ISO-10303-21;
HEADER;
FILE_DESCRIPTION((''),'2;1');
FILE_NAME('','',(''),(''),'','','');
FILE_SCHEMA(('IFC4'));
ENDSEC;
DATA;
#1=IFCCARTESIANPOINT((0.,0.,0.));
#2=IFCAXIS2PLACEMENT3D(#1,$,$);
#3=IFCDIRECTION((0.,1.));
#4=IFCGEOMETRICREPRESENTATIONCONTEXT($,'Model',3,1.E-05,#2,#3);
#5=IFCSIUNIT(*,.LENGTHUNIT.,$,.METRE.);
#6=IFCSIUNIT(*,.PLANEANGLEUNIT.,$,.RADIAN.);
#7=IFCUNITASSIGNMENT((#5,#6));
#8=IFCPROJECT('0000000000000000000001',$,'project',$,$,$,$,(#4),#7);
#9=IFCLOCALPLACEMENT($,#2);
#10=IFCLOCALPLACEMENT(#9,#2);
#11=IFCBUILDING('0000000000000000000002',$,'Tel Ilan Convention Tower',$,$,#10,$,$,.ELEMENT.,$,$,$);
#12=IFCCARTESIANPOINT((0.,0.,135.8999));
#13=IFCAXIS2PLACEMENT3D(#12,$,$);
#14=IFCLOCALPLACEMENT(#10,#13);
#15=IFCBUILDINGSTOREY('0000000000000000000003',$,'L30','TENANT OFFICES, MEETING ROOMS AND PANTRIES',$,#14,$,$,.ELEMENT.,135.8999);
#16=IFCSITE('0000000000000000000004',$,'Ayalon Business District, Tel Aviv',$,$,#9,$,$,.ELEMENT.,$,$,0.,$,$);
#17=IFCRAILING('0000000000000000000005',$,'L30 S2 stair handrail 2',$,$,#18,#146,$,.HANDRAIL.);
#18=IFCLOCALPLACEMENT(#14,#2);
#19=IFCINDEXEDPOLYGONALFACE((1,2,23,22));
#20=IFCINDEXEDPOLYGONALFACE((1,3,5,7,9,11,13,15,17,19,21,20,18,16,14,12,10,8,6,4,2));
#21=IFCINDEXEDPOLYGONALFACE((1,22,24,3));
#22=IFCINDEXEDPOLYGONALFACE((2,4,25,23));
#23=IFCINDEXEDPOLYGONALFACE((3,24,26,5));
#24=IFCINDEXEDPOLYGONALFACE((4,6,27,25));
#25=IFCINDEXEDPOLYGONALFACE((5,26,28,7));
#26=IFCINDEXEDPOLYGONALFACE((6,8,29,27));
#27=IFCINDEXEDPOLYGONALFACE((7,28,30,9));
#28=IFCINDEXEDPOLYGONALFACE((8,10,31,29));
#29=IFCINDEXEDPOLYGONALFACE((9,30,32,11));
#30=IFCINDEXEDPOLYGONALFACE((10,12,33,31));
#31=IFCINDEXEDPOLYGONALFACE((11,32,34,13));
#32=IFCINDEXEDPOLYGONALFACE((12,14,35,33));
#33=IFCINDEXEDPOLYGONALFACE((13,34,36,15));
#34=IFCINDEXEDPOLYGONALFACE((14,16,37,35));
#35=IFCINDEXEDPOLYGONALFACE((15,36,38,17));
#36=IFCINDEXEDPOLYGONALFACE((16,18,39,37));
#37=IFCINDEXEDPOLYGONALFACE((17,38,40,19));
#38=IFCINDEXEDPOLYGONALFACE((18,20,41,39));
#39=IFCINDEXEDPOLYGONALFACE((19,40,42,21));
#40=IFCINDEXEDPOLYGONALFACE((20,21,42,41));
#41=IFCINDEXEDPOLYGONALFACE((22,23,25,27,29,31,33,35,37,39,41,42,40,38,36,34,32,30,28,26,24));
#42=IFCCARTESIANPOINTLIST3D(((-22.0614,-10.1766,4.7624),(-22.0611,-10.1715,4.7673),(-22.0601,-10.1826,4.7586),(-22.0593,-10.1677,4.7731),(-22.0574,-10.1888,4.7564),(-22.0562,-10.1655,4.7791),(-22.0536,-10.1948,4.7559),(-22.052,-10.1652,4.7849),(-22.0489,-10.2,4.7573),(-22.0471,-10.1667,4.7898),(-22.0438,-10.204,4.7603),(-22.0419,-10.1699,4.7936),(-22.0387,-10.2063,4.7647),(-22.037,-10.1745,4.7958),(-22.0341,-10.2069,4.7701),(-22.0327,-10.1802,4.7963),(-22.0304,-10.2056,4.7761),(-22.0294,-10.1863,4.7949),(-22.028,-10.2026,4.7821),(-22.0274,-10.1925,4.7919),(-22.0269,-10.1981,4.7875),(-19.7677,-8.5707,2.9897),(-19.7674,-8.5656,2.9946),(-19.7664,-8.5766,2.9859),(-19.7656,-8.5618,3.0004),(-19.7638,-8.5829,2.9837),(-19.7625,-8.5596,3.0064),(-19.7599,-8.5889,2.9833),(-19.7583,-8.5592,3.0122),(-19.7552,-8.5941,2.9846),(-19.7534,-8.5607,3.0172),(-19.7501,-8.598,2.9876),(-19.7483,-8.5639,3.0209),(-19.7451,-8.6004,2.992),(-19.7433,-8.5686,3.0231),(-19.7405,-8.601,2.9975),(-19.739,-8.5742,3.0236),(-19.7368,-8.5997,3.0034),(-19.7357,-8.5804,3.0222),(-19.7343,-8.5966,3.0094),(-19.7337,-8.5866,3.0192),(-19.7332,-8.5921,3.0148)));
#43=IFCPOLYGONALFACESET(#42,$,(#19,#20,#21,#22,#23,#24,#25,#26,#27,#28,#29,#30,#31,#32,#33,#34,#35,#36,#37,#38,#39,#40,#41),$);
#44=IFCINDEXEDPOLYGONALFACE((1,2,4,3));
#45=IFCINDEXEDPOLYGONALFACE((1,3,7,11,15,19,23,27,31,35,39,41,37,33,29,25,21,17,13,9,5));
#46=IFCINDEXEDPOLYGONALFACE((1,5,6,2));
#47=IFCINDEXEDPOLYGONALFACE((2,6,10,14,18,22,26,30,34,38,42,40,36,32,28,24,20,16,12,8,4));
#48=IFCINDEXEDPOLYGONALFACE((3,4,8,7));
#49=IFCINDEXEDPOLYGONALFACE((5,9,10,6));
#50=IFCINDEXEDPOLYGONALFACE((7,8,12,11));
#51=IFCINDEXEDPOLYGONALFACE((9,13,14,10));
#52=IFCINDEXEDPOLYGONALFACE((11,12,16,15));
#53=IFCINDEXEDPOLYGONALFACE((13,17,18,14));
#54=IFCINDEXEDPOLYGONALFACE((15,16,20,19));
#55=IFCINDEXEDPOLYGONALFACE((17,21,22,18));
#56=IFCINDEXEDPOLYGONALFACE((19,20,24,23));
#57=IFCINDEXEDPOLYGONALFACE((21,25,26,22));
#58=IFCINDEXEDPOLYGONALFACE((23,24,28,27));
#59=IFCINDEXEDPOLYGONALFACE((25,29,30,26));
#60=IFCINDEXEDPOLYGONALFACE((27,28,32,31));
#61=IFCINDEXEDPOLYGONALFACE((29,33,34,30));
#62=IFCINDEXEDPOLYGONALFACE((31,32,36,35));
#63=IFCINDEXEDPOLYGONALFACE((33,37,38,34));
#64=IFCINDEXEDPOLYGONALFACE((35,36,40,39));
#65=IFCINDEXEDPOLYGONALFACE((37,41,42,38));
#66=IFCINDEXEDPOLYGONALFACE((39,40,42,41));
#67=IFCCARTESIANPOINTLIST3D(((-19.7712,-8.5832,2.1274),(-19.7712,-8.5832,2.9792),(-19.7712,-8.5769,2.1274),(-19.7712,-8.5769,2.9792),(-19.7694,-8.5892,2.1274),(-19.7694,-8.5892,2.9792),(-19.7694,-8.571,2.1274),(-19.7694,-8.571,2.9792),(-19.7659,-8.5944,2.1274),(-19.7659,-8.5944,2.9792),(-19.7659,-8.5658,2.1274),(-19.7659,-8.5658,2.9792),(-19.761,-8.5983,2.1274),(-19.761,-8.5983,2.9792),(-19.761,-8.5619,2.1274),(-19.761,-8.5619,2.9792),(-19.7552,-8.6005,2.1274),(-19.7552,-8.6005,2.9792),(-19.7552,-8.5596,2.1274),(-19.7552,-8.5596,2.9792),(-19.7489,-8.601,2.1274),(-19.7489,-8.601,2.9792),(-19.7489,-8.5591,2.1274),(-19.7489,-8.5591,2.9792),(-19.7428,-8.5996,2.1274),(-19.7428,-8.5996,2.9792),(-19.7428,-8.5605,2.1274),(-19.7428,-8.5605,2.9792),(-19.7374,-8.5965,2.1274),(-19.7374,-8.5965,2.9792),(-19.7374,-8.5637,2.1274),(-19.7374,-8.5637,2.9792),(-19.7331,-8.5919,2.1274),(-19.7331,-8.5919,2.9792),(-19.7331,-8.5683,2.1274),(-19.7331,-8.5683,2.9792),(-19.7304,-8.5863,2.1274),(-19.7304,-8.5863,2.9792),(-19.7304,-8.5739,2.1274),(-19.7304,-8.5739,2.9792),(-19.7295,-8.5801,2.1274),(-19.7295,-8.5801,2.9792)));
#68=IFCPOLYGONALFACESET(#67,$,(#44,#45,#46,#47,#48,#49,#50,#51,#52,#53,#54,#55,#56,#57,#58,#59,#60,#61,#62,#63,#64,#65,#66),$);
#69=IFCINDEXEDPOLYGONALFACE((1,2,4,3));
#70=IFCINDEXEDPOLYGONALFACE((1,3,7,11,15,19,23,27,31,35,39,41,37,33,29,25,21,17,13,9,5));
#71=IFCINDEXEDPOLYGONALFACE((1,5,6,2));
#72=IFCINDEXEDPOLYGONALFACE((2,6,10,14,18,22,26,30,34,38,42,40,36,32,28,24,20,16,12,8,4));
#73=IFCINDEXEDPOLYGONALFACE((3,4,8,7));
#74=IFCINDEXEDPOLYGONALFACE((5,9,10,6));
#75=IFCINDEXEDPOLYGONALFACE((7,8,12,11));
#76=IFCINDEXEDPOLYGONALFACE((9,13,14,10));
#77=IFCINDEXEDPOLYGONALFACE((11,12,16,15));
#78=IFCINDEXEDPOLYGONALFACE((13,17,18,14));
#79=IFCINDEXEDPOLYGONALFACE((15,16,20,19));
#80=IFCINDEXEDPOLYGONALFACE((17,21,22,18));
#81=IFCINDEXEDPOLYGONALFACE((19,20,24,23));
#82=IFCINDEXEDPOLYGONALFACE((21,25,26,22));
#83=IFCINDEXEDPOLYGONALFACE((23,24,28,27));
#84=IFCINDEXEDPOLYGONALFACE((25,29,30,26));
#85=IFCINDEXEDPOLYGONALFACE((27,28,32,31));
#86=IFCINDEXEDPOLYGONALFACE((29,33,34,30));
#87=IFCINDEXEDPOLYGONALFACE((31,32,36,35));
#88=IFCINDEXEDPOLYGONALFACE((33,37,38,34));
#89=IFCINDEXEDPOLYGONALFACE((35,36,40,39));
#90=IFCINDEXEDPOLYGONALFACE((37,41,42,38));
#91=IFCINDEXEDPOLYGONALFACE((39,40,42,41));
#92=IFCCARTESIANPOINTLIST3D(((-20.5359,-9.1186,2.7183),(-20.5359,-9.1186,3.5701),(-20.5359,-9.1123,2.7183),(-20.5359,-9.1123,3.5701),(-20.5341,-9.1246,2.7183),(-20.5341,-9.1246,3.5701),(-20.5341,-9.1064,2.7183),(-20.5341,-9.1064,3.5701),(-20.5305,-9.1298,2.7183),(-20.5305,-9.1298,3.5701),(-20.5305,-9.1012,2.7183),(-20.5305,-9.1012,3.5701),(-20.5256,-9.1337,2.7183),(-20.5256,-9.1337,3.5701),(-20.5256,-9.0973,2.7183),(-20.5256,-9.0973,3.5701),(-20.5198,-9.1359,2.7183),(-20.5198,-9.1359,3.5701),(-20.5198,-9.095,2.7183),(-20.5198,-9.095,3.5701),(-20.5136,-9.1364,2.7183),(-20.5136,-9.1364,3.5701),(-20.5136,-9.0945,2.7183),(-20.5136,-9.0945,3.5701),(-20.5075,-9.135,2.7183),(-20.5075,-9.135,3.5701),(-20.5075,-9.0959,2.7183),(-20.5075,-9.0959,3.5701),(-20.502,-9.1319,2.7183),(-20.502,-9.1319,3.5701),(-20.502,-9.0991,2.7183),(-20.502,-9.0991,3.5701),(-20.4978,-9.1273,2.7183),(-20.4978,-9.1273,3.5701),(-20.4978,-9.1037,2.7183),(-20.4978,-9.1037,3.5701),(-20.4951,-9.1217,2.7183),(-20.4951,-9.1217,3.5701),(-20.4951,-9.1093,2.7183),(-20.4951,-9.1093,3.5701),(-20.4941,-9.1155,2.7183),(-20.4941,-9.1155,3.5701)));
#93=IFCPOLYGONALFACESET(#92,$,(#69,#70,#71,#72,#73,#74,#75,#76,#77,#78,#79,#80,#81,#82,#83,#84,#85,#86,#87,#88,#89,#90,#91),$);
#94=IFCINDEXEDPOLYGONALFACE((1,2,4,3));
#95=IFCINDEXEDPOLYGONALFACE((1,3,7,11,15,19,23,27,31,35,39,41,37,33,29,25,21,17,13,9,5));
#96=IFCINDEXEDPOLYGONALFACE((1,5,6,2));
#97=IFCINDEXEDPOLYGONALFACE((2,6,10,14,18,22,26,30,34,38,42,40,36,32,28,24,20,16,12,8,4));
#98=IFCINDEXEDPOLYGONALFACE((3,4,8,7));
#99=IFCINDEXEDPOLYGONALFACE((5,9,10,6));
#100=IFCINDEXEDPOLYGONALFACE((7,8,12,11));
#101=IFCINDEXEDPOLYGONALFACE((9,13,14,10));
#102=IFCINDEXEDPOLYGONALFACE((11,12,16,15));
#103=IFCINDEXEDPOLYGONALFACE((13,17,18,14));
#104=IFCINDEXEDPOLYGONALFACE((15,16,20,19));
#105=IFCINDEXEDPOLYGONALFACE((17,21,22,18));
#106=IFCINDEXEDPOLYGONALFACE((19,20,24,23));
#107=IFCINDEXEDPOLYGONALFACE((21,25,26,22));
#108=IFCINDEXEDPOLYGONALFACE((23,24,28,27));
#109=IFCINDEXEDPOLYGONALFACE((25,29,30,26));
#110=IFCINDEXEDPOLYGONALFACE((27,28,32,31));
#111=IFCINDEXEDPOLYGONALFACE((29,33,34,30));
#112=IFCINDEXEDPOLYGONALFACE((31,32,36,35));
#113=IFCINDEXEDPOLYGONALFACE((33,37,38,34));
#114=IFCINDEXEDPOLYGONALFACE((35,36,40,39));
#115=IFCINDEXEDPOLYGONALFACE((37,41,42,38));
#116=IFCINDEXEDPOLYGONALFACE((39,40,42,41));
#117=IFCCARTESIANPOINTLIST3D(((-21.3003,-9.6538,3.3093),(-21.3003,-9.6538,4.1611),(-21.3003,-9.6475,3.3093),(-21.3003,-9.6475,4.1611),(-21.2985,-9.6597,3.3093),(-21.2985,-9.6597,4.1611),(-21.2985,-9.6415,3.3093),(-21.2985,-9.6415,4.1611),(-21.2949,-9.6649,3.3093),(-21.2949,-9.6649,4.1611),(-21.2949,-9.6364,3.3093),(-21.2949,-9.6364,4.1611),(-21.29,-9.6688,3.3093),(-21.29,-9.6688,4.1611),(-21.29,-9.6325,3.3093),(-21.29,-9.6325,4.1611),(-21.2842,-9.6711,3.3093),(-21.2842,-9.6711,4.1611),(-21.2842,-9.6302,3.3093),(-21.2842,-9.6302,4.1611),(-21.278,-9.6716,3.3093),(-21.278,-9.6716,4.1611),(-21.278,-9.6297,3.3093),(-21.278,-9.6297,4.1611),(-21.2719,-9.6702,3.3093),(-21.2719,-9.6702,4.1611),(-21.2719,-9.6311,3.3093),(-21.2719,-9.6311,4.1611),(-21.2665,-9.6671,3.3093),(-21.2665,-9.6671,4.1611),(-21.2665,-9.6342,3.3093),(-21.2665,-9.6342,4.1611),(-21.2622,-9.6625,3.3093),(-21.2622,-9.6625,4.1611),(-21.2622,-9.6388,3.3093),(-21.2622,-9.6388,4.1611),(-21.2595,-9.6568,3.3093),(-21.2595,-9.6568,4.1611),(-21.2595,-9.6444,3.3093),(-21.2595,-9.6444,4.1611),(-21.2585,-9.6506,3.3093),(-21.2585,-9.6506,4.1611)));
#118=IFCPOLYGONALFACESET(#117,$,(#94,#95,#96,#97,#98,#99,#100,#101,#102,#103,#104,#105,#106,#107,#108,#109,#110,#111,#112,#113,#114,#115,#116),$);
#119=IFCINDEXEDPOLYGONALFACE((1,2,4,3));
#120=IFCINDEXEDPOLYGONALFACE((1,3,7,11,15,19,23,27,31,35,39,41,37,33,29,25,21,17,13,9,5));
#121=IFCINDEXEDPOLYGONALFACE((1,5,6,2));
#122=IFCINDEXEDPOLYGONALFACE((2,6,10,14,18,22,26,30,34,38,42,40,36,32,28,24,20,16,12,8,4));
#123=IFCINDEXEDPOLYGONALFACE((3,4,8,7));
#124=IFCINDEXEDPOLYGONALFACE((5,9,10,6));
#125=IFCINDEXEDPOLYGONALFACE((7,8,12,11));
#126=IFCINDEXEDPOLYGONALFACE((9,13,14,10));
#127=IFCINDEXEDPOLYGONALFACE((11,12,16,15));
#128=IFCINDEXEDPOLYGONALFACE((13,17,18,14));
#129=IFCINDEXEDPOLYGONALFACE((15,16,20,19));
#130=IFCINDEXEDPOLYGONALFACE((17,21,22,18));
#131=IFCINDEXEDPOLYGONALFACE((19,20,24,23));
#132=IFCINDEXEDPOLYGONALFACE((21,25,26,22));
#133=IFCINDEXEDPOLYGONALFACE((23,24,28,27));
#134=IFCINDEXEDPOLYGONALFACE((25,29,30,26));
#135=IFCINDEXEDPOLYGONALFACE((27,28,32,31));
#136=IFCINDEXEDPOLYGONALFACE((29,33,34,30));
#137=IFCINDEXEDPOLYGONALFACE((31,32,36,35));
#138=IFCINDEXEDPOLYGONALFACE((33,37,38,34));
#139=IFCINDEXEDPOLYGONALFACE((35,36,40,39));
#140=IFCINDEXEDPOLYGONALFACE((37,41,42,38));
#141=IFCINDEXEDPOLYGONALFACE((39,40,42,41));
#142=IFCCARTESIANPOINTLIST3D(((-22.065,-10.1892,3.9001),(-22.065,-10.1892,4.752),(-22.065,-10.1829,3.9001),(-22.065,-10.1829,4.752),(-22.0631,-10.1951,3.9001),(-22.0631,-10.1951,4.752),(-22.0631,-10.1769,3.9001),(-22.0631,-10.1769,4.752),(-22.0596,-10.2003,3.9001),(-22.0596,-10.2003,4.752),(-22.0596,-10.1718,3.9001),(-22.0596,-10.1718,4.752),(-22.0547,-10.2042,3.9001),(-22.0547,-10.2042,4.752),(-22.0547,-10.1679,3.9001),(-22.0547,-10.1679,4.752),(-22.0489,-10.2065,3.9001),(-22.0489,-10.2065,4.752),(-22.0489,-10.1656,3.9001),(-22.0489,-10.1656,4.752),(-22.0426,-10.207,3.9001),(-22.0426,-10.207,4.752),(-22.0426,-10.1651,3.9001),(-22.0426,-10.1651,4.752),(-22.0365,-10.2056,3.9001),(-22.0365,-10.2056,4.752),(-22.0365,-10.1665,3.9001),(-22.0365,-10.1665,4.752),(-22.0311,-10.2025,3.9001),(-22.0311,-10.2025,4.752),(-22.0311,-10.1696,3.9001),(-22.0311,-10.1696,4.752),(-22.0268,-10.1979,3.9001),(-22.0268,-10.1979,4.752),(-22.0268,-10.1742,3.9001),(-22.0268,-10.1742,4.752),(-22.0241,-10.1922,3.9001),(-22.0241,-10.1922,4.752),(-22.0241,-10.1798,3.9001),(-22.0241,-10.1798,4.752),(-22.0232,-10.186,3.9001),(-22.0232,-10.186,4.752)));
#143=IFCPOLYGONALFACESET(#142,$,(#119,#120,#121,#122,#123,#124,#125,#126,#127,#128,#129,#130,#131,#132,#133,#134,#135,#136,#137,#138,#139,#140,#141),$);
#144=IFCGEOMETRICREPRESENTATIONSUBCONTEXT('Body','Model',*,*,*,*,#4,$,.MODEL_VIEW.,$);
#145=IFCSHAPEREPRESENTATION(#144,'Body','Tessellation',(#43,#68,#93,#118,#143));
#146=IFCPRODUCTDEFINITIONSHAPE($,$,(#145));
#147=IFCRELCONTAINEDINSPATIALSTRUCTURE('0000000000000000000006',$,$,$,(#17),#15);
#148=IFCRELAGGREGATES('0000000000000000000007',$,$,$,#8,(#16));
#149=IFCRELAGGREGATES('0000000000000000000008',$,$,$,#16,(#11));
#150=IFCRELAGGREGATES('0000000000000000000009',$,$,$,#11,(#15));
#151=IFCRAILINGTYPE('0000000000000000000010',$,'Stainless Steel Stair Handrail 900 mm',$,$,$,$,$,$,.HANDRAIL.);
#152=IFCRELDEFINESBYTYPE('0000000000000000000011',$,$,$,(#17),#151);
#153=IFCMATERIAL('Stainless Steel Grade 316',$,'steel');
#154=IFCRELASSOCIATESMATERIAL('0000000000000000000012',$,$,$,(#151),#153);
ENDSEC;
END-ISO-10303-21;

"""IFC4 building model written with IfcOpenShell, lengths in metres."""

from ifc_helpers import new_model, si_unit, direction, frame, origin, origin_2d, place, context, subcontext, project, spatial, circle, extrude, material, type_object, element, save


model = new_model("IFC4")

# Units and contexts
model_context = context("Model", 3, precision=1e-05, world=origin(), true_north=direction((0.0, 1.0)))
body_context = subcontext(model_context, "Body", "Model", "MODEL_VIEW")
ifc_project = project(units=[si_unit("LENGTHUNIT", "METRE"), si_unit("PLANEANGLEUNIT", "RADIAN")], contexts=[model_context])

# Site, building, storey
site_placement = place(None, origin())
site = spatial("IfcSite", under=ifc_project, at=site_placement, Name="Ayalon Business District, Tel Aviv", CompositionType="ELEMENT", RefElevation=0.0)
building_placement = place(site_placement, origin())
building = spatial("IfcBuilding", under=site, at=building_placement, Name="Tel Ilan Convention Tower", CompositionType="ELEMENT")
storey_placement = place(building_placement, frame((0.0, 0.0, 135.8999)))
storey = spatial("IfcBuildingStorey", under=building, at=storey_placement, Name="L30", Description="TENANT OFFICES, MEETING ROOMS AND PANTRIES", CompositionType="ELEMENT", Elevation=135.8999)

# Railing
ifc_material_1 = material(Name="Stainless Steel Grade 316", Category="steel")
railing_type_1 = type_object("IfcRailingType", Name="Stainless Steel Stair Handrail 900 mm", PredefinedType="HANDRAIL", material=ifc_material_1)
railing_1_placement = place(storey_placement, frame((-19.7505, -8.5801, 2.1274)))
element("IfcRailing", 1, at=railing_1_placement, inside=storey, type_object=railing_type_1, Name="L30 S2 stair handrail 2", PredefinedType="HANDRAIL", context=body_context, shape_type="SweptSolid", body=[
    extrude(circle(Radius=0.0239, at=origin_2d()), frame((0.0, 0.0, 0.876), z_axis=(-0.692123, -0.484597, 0.534913), x_axis=(0.57355, -0.81917, 0.0)), (0.0, 0.0, 1.0), 3.314),
    extrude(circle(Radius=0.021, at=origin_2d()), origin(), (0.0, 0.0, 1.0), 0.8518),
    extrude(circle(Radius=0.021, at=origin_2d()), frame((-0.7646, -0.5354, 0.5908)), (0.0, 0.0, 1.0), 0.8518),
    extrude(circle(Radius=0.021, at=origin_2d()), frame((-1.5291, -1.0706, 1.1819)), (0.0, 0.0, 1.0), 0.8518),
    extrude(circle(Radius=0.021, at=origin_2d()), frame((-2.2937, -1.606, 1.7727)), (0.0, 0.0, 1.0), 0.8518),
])

save(model, "model.ifc")
